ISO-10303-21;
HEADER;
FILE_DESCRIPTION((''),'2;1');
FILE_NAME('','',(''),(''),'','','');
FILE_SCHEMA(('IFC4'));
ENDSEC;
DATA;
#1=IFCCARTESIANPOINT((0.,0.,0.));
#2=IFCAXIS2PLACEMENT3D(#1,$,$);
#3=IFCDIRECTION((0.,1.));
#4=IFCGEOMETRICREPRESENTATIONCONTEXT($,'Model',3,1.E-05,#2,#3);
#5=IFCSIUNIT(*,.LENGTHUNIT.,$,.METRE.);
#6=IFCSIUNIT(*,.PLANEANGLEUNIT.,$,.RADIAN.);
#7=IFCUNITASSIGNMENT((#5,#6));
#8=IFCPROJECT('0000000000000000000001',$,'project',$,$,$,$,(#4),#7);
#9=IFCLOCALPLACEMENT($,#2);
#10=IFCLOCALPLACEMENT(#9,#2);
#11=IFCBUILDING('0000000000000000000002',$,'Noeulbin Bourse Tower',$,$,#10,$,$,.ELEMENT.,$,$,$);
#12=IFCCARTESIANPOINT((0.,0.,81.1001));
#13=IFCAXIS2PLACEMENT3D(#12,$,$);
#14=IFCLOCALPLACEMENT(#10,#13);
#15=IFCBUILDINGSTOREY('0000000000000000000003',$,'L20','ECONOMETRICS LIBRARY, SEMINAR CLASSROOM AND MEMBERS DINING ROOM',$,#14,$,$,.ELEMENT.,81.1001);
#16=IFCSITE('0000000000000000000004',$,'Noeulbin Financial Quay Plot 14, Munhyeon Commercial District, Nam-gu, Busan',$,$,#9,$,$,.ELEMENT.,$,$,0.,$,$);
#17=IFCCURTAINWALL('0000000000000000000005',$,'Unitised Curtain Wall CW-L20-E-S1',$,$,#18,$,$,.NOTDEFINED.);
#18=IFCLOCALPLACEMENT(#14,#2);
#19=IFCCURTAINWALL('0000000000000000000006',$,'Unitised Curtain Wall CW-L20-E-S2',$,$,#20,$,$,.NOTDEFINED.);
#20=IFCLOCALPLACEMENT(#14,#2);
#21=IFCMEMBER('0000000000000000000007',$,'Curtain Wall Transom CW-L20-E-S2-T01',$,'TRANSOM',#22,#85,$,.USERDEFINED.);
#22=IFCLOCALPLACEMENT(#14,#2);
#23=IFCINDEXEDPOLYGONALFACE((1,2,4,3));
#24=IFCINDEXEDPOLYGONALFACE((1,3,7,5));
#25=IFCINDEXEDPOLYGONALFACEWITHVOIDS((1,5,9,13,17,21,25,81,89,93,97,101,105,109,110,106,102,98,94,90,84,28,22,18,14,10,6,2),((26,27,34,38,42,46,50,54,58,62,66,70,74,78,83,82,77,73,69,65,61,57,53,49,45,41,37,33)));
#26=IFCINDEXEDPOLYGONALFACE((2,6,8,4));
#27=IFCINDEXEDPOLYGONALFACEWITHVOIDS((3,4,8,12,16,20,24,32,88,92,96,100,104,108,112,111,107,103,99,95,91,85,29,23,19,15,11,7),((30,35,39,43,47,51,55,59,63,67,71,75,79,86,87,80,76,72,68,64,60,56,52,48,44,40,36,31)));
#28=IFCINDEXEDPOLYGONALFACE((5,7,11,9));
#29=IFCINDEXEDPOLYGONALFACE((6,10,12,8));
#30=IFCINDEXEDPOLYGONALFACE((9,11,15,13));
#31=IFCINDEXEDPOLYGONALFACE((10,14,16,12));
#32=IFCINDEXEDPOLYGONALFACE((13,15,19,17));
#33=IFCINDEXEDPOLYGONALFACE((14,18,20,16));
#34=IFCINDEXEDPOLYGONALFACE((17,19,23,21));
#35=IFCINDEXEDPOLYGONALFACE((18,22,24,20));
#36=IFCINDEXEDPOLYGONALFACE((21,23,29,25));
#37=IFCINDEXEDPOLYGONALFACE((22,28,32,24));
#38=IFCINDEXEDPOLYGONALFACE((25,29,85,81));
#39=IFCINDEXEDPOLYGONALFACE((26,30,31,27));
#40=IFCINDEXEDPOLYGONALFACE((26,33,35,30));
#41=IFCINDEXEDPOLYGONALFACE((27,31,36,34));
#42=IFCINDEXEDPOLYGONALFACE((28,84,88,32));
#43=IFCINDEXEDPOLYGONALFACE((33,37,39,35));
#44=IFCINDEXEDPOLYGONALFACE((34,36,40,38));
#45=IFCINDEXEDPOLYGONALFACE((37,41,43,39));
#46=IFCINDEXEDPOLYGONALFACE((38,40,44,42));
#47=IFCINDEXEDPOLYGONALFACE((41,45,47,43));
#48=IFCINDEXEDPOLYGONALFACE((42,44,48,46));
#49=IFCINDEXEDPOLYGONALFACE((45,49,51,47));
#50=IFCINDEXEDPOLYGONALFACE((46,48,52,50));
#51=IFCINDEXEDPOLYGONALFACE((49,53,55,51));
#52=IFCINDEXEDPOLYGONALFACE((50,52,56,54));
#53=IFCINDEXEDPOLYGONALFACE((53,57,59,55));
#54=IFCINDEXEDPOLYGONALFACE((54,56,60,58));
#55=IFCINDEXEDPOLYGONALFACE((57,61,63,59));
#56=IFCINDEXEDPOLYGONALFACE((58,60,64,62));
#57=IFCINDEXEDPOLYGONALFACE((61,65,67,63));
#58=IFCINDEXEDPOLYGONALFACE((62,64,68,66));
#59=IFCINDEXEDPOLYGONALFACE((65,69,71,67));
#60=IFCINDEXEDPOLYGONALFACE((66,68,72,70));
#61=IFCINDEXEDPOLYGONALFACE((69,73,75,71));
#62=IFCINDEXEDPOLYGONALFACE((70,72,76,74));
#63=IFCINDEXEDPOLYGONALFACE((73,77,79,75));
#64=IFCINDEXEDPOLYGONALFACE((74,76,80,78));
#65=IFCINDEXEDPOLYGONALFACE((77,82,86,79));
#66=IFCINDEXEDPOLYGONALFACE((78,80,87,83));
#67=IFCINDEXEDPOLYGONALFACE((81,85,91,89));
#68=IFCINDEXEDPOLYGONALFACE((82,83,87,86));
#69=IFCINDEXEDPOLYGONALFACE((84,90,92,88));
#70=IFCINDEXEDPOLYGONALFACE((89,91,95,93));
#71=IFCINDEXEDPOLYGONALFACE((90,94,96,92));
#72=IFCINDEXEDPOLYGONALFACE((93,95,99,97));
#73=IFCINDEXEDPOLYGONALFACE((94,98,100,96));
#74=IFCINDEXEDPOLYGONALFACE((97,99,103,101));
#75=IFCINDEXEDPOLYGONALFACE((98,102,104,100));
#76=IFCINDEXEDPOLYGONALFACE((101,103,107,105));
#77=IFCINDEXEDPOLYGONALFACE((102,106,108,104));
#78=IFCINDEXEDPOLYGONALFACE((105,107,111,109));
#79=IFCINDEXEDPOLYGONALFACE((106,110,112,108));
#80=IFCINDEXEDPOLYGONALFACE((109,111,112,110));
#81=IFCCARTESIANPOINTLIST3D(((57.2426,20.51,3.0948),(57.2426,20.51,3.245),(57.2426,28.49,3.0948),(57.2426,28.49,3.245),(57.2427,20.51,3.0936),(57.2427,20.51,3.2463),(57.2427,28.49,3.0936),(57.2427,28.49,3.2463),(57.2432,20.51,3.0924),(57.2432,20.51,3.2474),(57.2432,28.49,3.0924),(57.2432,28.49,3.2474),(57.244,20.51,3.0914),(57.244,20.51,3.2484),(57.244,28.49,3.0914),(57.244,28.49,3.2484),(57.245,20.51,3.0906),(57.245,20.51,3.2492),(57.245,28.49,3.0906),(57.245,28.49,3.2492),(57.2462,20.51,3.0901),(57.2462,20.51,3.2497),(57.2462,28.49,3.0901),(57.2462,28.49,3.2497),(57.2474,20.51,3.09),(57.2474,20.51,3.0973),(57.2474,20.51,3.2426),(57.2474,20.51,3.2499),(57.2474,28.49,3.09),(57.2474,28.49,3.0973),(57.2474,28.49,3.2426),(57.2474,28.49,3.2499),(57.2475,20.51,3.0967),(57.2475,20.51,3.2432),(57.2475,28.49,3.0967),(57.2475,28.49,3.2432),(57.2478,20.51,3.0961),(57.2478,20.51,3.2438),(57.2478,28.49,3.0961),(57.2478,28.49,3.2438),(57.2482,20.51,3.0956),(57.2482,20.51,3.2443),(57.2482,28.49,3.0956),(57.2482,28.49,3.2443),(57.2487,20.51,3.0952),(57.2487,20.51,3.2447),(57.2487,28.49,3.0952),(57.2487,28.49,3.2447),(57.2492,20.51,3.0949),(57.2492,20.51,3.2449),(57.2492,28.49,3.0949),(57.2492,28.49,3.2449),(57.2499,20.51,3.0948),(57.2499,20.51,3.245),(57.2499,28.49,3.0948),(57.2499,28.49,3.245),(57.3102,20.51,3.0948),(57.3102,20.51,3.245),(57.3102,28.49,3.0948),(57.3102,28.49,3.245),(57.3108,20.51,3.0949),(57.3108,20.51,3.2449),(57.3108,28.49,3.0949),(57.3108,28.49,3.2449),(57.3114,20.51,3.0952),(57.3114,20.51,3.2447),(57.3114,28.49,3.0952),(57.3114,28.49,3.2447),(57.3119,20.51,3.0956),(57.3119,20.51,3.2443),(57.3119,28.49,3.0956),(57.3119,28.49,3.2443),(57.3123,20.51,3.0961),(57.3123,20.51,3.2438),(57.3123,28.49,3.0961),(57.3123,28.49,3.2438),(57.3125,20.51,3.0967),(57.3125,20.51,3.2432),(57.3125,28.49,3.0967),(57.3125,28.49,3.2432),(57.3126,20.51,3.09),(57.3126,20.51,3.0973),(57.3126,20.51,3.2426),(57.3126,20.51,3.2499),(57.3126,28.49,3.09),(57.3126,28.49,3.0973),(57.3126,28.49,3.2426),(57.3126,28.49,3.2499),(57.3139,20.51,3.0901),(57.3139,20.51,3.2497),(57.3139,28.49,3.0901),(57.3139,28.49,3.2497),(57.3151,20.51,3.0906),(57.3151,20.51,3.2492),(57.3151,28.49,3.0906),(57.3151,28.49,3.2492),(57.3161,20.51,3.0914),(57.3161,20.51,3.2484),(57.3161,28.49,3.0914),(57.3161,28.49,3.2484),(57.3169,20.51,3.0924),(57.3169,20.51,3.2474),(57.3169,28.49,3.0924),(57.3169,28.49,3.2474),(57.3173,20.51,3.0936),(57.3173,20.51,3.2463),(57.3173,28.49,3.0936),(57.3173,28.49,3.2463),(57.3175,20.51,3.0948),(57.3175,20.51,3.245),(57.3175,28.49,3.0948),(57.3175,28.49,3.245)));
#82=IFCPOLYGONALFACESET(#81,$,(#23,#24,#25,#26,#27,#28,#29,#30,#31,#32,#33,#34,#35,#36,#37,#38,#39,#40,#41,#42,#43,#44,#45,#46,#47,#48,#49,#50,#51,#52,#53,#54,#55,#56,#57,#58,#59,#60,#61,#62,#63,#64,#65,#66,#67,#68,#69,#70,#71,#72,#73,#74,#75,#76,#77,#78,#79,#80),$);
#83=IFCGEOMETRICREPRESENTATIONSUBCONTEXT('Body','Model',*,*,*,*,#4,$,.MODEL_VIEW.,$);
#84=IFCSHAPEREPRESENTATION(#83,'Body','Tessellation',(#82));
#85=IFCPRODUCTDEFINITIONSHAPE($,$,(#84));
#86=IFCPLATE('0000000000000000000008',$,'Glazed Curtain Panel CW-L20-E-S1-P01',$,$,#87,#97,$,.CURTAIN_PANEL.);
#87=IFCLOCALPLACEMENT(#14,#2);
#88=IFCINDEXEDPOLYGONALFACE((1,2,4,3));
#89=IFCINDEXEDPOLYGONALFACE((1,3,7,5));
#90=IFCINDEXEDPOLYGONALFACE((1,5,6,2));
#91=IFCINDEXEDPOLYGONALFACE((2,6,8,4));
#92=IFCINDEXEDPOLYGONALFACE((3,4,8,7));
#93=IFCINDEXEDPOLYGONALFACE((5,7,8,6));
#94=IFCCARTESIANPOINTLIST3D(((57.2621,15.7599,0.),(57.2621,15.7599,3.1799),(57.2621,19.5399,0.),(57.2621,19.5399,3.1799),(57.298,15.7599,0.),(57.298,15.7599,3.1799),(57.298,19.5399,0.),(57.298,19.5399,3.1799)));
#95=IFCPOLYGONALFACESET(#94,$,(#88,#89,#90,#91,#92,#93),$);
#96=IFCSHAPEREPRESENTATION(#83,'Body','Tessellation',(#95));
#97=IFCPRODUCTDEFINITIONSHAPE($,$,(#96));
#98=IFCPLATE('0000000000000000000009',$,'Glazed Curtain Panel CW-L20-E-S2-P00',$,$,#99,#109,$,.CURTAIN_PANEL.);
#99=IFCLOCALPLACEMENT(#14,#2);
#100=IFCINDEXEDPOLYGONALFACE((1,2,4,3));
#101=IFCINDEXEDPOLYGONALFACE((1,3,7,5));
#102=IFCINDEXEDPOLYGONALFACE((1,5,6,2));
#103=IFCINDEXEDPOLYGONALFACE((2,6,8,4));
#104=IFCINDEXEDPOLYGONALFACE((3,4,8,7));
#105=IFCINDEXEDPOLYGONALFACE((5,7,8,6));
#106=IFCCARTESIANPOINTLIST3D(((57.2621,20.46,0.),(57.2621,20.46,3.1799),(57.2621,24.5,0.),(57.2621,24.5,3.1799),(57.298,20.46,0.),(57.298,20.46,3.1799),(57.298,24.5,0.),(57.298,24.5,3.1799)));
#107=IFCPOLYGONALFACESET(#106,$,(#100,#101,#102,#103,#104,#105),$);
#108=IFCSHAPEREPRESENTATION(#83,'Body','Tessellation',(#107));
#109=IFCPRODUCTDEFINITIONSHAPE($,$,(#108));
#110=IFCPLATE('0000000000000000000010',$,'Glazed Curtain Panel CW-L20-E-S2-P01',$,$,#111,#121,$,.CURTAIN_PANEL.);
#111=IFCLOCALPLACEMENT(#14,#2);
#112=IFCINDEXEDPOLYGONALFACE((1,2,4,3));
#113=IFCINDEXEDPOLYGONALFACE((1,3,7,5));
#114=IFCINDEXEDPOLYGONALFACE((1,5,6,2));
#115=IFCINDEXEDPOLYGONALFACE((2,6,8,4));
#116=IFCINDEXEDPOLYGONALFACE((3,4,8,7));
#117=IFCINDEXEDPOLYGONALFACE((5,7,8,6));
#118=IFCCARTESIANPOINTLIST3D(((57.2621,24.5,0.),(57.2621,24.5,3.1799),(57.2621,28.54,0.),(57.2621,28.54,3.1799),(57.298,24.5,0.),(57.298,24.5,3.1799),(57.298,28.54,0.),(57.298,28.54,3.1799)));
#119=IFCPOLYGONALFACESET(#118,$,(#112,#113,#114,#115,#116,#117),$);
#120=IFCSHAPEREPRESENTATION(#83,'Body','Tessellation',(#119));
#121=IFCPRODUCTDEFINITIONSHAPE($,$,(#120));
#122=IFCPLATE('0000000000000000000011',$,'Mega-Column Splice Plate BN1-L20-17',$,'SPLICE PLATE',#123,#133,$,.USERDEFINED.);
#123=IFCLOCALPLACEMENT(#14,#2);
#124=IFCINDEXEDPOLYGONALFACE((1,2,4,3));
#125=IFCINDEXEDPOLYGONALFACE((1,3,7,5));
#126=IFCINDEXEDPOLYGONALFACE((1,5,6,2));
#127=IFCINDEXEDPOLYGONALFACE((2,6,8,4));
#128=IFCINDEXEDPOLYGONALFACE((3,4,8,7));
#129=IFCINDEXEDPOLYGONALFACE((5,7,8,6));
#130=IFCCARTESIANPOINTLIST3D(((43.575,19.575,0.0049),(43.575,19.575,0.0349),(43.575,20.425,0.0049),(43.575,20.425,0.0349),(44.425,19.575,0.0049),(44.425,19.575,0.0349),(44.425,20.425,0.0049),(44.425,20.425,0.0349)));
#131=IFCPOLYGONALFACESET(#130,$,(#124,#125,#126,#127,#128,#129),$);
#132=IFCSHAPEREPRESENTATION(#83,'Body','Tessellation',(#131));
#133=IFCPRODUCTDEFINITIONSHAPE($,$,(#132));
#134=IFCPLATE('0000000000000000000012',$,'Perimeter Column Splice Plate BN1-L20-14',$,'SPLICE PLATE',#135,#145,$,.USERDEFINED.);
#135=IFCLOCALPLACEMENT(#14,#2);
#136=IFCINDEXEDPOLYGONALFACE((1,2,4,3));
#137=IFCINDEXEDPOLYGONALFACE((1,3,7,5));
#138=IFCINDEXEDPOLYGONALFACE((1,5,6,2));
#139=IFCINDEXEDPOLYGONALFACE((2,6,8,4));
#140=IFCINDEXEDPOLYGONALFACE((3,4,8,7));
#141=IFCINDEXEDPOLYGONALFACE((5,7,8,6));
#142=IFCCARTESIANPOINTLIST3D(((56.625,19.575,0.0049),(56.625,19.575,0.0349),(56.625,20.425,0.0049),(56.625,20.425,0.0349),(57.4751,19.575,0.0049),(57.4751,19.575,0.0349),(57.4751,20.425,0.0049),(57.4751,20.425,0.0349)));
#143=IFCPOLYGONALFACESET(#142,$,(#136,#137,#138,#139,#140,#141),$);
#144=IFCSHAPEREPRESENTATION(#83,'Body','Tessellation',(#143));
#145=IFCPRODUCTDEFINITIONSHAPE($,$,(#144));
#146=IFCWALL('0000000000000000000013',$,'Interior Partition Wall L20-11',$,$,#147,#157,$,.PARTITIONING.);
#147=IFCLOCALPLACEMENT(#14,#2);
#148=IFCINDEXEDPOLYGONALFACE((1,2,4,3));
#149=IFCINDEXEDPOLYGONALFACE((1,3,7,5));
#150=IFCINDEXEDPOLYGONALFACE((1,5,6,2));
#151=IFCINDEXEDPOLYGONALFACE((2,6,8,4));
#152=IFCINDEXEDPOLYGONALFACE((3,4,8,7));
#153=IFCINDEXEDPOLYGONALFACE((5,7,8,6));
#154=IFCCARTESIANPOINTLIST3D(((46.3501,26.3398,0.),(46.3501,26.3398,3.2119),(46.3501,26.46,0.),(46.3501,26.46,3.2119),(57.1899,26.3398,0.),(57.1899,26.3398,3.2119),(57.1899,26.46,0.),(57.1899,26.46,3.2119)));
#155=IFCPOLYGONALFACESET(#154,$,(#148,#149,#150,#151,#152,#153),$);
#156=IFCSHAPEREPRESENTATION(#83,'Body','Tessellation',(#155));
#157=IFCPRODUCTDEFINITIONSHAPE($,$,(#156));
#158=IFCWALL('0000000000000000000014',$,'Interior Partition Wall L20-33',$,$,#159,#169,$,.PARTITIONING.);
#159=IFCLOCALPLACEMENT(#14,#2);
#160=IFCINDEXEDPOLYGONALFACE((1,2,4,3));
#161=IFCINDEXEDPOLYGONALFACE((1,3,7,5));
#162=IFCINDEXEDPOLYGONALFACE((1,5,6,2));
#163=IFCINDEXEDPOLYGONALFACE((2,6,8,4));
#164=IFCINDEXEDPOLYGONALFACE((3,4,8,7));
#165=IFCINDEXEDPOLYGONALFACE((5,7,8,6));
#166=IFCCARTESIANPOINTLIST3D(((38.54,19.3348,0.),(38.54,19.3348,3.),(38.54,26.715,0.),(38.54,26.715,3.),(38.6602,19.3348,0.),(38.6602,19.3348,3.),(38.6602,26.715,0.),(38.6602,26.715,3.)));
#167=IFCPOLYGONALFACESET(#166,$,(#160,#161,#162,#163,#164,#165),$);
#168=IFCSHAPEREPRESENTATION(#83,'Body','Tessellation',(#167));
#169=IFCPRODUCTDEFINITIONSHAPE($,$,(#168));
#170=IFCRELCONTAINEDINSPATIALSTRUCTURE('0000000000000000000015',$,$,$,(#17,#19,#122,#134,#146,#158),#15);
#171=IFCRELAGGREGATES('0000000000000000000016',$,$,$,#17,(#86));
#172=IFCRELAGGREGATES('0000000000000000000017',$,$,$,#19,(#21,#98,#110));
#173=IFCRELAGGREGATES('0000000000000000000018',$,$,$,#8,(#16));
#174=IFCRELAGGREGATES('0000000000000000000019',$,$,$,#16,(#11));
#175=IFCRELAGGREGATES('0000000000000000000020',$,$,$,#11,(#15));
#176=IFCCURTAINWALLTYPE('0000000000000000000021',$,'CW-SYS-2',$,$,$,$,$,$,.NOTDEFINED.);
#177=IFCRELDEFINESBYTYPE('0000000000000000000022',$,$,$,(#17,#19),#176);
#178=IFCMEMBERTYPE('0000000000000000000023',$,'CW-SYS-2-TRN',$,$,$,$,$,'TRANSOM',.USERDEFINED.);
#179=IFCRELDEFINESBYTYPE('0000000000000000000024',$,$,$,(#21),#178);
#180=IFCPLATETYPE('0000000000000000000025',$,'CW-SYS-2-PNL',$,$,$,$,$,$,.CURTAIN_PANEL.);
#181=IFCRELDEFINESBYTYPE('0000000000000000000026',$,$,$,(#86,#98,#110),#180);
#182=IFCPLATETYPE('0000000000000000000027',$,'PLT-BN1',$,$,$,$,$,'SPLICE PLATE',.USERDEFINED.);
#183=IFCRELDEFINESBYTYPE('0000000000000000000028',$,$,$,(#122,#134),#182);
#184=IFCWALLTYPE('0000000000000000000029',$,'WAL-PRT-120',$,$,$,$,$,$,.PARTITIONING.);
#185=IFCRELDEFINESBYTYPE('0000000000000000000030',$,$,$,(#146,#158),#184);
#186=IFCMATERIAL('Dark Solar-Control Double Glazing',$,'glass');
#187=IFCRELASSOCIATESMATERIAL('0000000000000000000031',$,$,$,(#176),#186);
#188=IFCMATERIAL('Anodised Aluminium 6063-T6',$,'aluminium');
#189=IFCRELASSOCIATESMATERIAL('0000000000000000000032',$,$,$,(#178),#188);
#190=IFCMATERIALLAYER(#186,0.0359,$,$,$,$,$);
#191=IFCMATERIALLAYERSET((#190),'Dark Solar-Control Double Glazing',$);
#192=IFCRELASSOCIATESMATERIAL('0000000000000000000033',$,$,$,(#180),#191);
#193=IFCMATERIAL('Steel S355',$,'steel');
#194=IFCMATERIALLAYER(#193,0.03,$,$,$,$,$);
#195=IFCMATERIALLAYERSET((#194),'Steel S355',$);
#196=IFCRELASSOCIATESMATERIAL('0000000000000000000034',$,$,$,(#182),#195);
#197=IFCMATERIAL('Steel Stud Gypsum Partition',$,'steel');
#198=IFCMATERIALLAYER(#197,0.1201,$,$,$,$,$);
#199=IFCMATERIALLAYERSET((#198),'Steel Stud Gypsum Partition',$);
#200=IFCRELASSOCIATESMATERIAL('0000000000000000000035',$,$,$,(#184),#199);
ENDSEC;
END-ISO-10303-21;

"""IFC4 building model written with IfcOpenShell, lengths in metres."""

from ifc_helpers import new_model, si_unit, direction, frame, frame_2d, origin, origin_2d, place, context, subcontext, project, spatial, rectangle, hollow_rectangle, extrude, material, layer, layer_set, material_profile, profile_set, type_object, element, aggregate, save


model = new_model("IFC4")

# Units and contexts
model_context = context("Model", 3, precision=1e-05, world=origin(), true_north=direction((0.0, 1.0)))
body_context = subcontext(model_context, "Body", "Model", "MODEL_VIEW")
ifc_project = project(units=[si_unit("LENGTHUNIT", "METRE"), si_unit("PLANEANGLEUNIT", "RADIAN")], contexts=[model_context])

# Site, building, storey
site_placement = place(None, origin())
site = spatial("IfcSite", under=ifc_project, at=site_placement, Name="Noeulbin Financial Quay Plot 14, Munhyeon Commercial District, Nam-gu, Busan", CompositionType="ELEMENT", RefElevation=0.0)
building_placement = place(site_placement, origin())
building = spatial("IfcBuilding", under=site, at=building_placement, Name="Noeulbin Bourse Tower", CompositionType="ELEMENT")
storey_placement = place(building_placement, frame((0.0, 0.0, 81.1001)))
storey = spatial("IfcBuildingStorey", under=building, at=storey_placement, Name="L20", Description="ECONOMETRICS LIBRARY, SEMINAR CLASSROOM AND MEMBERS DINING ROOM", CompositionType="ELEMENT", Elevation=81.1001)

# Shared definitions
ifc_material_1 = material(Name="Steel S355", Category="steel")

# Curtain wall
ifc_material_2 = material(Name="Dark Solar-Control Double Glazing", Category="glass")
curtain_wall_type = type_object("IfcCurtainWallType", Name="CW-SYS-2", PredefinedType="NOTDEFINED", material=ifc_material_2)
curtain_wall_1_placement = place(storey_placement, origin())
curtain_wall_1 = element("IfcCurtainWall", 1, at=curtain_wall_1_placement, inside=storey, type_object=curtain_wall_type, Name="Unitised Curtain Wall CW-L20-E-S1", PredefinedType="NOTDEFINED")
ifc_material_3 = material(Name="Anodised Aluminium 6063-T6", Category="aluminium")

# Curtain wall, member
curtain_wall_2_placement = place(storey_placement, origin())
curtain_wall_2 = element("IfcCurtainWall", 2, at=curtain_wall_2_placement, inside=storey, type_object=curtain_wall_type, Name="Unitised Curtain Wall CW-L20-E-S2", PredefinedType="NOTDEFINED")
ifc_material_profile_1 = material_profile(ifc_material_3, hollow_rectangle(XDim=0.075, YDim=0.1599, WallThickness=0.0049, InnerFilletRadius=0.0024, OuterFilletRadius=0.0049, at=origin_2d()), Name="ALU-TRAN-75x160x5", Category="LoadBearing")
ifc_profile_set_1 = profile_set([ifc_material_profile_1], Name="Anodised Aluminium 6063-T6")
member_type_1 = type_object("IfcMemberType", Name="CW-SYS-2-TRN", ElementType="TRANSOM", PredefinedType="USERDEFINED", material=ifc_profile_set_1)
member_1_placement = place(storey_placement, frame((57.28, 20.51, 3.1699), z_axis=(0.0, 1.0, 0.0), x_axis=(-1.0, 0.0, 0.0)))
member_1 = element("IfcMember", 3, at=member_1_placement, type_object=member_type_1, Name="Curtain Wall Transom CW-L20-E-S2-T01", ObjectType="TRANSOM", PredefinedType="USERDEFINED", context=body_context, shape_type="SweptSolid", body=[
    extrude(hollow_rectangle(XDim=0.075, YDim=0.1599, WallThickness=0.0049, InnerFilletRadius=0.0024, OuterFilletRadius=0.0049, at=origin_2d()), origin(), (0.0, 0.0, 1.0), 7.98),
])

# Plates
ifc_layer_1 = layer(ifc_material_2, 0.0359)
ifc_layer_set_1 = layer_set([ifc_layer_1], Name="Dark Solar-Control Double Glazing")
plate_type_1 = type_object("IfcPlateType", Name="CW-SYS-2-PNL", PredefinedType="CURTAIN_PANEL", material=ifc_layer_set_1)
plate_1_placement = place(storey_placement, frame((57.28, 17.6499, 0.0), z_axis=(0.0, 0.0, 1.0), x_axis=(0.0, 1.0, 0.0)))
plate_1 = element("IfcPlate", 4, at=plate_1_placement, type_object=plate_type_1, Name="Glazed Curtain Panel CW-L20-E-S1-P01", PredefinedType="CURTAIN_PANEL", context=body_context, shape_type="SweptSolid", body=[
    extrude(rectangle(XDim=3.78, YDim=0.0359, at=origin_2d()), origin(), (0.0, 0.0, 1.0), 3.1799),
])
aggregate(curtain_wall_1, [plate_1])
plate_2_placement = place(storey_placement, frame((57.28, 22.48, 0.0), z_axis=(0.0, 0.0, 1.0), x_axis=(0.0, 1.0, 0.0)))
plate_2 = element("IfcPlate", 5, at=plate_2_placement, type_object=plate_type_1, Name="Glazed Curtain Panel CW-L20-E-S2-P00", PredefinedType="CURTAIN_PANEL", context=body_context, shape_type="SweptSolid", body=[
    extrude(rectangle(XDim=4.04, YDim=0.0359, at=origin_2d()), origin(), (0.0, 0.0, 1.0), 3.1799),
])
plate_3_placement = place(storey_placement, frame((57.28, 26.52, 0.0), z_axis=(0.0, 0.0, 1.0), x_axis=(0.0, 1.0, 0.0)))
plate_3 = element("IfcPlate", 6, at=plate_3_placement, type_object=plate_type_1, Name="Glazed Curtain Panel CW-L20-E-S2-P01", PredefinedType="CURTAIN_PANEL", context=body_context, shape_type="SweptSolid", body=[
    extrude(rectangle(XDim=4.04, YDim=0.0359, at=origin_2d()), origin(), (0.0, 0.0, 1.0), 3.1799),
])
aggregate(curtain_wall_2, [member_1, plate_2, plate_3])

# Plates
ifc_layer_2 = layer(ifc_material_1, 0.03)
ifc_layer_set_2 = layer_set([ifc_layer_2], Name="Steel S355")
plate_type_2 = type_object("IfcPlateType", Name="PLT-BN1", ElementType="SPLICE PLATE", PredefinedType="USERDEFINED", material=ifc_layer_set_2)
for number, where, z_axis, x_axis, name in (
    (7, (44.0, 20.0, 0.0049), (0.0, 0.0, 1.0), (1.0, 0.0, 0.0), "Mega-Column Splice Plate BN1-L20-17"),
    (8, (57.05, 20.0, 0.0049), (0.0, 0.0, 1.0), (1.0, 0.0, 0.0), "Perimeter Column Splice Plate BN1-L20-14"),
):
    element("IfcPlate", number, at=place(storey_placement, frame(where, z_axis=z_axis, x_axis=x_axis)), inside=storey, type_object=plate_type_2, Name=name, ObjectType="SPLICE PLATE", PredefinedType="USERDEFINED", context=body_context, shape_type="SweptSolid", body=[
        extrude(rectangle(XDim=0.8501, YDim=0.8501, at=origin_2d()), origin(), (0.0, 0.0, 1.0), 0.03),
    ])

# Walls
ifc_material_4 = material(Name="Steel Stud Gypsum Partition", Category="steel")
ifc_layer_3 = layer(ifc_material_4, 0.1201)
ifc_layer_set_3 = layer_set([ifc_layer_3], Name="Steel Stud Gypsum Partition")
wall_type_1 = type_object("IfcWallType", Name="WAL-PRT-120", PredefinedType="PARTITIONING", material=ifc_layer_set_3)
wall_1_placement = place(storey_placement, frame((46.3501, 26.3999, 0.0), z_axis=(0.0, 0.0, 1.0), x_axis=(1.0, 0.0, 0.0)))
element("IfcWall", 9, at=wall_1_placement, inside=storey, type_object=wall_type_1, Name="Interior Partition Wall L20-11", PredefinedType="PARTITIONING", context=body_context, shape_type="SweptSolid", body=[
    extrude(rectangle(XDim=10.8398, YDim=0.1201, at=frame_2d((5.4199, 0.0))), origin(), (0.0, 0.0, 1.0), 3.2119),
])
wall_2_placement = place(storey_placement, frame((38.6001, 19.335, 0.0), z_axis=(0.0, 0.0, 1.0), x_axis=(0.0, 1.0, 0.0)))
element("IfcWall", 10, at=wall_2_placement, inside=storey, type_object=wall_type_1, Name="Interior Partition Wall L20-33", PredefinedType="PARTITIONING", context=body_context, shape_type="SweptSolid", body=[
    extrude(rectangle(XDim=7.3801, YDim=0.1201, at=frame_2d((3.6899, 0.0))), origin(), (0.0, 0.0, 1.0), 3.0),
])

save(model, "model.ifc")
